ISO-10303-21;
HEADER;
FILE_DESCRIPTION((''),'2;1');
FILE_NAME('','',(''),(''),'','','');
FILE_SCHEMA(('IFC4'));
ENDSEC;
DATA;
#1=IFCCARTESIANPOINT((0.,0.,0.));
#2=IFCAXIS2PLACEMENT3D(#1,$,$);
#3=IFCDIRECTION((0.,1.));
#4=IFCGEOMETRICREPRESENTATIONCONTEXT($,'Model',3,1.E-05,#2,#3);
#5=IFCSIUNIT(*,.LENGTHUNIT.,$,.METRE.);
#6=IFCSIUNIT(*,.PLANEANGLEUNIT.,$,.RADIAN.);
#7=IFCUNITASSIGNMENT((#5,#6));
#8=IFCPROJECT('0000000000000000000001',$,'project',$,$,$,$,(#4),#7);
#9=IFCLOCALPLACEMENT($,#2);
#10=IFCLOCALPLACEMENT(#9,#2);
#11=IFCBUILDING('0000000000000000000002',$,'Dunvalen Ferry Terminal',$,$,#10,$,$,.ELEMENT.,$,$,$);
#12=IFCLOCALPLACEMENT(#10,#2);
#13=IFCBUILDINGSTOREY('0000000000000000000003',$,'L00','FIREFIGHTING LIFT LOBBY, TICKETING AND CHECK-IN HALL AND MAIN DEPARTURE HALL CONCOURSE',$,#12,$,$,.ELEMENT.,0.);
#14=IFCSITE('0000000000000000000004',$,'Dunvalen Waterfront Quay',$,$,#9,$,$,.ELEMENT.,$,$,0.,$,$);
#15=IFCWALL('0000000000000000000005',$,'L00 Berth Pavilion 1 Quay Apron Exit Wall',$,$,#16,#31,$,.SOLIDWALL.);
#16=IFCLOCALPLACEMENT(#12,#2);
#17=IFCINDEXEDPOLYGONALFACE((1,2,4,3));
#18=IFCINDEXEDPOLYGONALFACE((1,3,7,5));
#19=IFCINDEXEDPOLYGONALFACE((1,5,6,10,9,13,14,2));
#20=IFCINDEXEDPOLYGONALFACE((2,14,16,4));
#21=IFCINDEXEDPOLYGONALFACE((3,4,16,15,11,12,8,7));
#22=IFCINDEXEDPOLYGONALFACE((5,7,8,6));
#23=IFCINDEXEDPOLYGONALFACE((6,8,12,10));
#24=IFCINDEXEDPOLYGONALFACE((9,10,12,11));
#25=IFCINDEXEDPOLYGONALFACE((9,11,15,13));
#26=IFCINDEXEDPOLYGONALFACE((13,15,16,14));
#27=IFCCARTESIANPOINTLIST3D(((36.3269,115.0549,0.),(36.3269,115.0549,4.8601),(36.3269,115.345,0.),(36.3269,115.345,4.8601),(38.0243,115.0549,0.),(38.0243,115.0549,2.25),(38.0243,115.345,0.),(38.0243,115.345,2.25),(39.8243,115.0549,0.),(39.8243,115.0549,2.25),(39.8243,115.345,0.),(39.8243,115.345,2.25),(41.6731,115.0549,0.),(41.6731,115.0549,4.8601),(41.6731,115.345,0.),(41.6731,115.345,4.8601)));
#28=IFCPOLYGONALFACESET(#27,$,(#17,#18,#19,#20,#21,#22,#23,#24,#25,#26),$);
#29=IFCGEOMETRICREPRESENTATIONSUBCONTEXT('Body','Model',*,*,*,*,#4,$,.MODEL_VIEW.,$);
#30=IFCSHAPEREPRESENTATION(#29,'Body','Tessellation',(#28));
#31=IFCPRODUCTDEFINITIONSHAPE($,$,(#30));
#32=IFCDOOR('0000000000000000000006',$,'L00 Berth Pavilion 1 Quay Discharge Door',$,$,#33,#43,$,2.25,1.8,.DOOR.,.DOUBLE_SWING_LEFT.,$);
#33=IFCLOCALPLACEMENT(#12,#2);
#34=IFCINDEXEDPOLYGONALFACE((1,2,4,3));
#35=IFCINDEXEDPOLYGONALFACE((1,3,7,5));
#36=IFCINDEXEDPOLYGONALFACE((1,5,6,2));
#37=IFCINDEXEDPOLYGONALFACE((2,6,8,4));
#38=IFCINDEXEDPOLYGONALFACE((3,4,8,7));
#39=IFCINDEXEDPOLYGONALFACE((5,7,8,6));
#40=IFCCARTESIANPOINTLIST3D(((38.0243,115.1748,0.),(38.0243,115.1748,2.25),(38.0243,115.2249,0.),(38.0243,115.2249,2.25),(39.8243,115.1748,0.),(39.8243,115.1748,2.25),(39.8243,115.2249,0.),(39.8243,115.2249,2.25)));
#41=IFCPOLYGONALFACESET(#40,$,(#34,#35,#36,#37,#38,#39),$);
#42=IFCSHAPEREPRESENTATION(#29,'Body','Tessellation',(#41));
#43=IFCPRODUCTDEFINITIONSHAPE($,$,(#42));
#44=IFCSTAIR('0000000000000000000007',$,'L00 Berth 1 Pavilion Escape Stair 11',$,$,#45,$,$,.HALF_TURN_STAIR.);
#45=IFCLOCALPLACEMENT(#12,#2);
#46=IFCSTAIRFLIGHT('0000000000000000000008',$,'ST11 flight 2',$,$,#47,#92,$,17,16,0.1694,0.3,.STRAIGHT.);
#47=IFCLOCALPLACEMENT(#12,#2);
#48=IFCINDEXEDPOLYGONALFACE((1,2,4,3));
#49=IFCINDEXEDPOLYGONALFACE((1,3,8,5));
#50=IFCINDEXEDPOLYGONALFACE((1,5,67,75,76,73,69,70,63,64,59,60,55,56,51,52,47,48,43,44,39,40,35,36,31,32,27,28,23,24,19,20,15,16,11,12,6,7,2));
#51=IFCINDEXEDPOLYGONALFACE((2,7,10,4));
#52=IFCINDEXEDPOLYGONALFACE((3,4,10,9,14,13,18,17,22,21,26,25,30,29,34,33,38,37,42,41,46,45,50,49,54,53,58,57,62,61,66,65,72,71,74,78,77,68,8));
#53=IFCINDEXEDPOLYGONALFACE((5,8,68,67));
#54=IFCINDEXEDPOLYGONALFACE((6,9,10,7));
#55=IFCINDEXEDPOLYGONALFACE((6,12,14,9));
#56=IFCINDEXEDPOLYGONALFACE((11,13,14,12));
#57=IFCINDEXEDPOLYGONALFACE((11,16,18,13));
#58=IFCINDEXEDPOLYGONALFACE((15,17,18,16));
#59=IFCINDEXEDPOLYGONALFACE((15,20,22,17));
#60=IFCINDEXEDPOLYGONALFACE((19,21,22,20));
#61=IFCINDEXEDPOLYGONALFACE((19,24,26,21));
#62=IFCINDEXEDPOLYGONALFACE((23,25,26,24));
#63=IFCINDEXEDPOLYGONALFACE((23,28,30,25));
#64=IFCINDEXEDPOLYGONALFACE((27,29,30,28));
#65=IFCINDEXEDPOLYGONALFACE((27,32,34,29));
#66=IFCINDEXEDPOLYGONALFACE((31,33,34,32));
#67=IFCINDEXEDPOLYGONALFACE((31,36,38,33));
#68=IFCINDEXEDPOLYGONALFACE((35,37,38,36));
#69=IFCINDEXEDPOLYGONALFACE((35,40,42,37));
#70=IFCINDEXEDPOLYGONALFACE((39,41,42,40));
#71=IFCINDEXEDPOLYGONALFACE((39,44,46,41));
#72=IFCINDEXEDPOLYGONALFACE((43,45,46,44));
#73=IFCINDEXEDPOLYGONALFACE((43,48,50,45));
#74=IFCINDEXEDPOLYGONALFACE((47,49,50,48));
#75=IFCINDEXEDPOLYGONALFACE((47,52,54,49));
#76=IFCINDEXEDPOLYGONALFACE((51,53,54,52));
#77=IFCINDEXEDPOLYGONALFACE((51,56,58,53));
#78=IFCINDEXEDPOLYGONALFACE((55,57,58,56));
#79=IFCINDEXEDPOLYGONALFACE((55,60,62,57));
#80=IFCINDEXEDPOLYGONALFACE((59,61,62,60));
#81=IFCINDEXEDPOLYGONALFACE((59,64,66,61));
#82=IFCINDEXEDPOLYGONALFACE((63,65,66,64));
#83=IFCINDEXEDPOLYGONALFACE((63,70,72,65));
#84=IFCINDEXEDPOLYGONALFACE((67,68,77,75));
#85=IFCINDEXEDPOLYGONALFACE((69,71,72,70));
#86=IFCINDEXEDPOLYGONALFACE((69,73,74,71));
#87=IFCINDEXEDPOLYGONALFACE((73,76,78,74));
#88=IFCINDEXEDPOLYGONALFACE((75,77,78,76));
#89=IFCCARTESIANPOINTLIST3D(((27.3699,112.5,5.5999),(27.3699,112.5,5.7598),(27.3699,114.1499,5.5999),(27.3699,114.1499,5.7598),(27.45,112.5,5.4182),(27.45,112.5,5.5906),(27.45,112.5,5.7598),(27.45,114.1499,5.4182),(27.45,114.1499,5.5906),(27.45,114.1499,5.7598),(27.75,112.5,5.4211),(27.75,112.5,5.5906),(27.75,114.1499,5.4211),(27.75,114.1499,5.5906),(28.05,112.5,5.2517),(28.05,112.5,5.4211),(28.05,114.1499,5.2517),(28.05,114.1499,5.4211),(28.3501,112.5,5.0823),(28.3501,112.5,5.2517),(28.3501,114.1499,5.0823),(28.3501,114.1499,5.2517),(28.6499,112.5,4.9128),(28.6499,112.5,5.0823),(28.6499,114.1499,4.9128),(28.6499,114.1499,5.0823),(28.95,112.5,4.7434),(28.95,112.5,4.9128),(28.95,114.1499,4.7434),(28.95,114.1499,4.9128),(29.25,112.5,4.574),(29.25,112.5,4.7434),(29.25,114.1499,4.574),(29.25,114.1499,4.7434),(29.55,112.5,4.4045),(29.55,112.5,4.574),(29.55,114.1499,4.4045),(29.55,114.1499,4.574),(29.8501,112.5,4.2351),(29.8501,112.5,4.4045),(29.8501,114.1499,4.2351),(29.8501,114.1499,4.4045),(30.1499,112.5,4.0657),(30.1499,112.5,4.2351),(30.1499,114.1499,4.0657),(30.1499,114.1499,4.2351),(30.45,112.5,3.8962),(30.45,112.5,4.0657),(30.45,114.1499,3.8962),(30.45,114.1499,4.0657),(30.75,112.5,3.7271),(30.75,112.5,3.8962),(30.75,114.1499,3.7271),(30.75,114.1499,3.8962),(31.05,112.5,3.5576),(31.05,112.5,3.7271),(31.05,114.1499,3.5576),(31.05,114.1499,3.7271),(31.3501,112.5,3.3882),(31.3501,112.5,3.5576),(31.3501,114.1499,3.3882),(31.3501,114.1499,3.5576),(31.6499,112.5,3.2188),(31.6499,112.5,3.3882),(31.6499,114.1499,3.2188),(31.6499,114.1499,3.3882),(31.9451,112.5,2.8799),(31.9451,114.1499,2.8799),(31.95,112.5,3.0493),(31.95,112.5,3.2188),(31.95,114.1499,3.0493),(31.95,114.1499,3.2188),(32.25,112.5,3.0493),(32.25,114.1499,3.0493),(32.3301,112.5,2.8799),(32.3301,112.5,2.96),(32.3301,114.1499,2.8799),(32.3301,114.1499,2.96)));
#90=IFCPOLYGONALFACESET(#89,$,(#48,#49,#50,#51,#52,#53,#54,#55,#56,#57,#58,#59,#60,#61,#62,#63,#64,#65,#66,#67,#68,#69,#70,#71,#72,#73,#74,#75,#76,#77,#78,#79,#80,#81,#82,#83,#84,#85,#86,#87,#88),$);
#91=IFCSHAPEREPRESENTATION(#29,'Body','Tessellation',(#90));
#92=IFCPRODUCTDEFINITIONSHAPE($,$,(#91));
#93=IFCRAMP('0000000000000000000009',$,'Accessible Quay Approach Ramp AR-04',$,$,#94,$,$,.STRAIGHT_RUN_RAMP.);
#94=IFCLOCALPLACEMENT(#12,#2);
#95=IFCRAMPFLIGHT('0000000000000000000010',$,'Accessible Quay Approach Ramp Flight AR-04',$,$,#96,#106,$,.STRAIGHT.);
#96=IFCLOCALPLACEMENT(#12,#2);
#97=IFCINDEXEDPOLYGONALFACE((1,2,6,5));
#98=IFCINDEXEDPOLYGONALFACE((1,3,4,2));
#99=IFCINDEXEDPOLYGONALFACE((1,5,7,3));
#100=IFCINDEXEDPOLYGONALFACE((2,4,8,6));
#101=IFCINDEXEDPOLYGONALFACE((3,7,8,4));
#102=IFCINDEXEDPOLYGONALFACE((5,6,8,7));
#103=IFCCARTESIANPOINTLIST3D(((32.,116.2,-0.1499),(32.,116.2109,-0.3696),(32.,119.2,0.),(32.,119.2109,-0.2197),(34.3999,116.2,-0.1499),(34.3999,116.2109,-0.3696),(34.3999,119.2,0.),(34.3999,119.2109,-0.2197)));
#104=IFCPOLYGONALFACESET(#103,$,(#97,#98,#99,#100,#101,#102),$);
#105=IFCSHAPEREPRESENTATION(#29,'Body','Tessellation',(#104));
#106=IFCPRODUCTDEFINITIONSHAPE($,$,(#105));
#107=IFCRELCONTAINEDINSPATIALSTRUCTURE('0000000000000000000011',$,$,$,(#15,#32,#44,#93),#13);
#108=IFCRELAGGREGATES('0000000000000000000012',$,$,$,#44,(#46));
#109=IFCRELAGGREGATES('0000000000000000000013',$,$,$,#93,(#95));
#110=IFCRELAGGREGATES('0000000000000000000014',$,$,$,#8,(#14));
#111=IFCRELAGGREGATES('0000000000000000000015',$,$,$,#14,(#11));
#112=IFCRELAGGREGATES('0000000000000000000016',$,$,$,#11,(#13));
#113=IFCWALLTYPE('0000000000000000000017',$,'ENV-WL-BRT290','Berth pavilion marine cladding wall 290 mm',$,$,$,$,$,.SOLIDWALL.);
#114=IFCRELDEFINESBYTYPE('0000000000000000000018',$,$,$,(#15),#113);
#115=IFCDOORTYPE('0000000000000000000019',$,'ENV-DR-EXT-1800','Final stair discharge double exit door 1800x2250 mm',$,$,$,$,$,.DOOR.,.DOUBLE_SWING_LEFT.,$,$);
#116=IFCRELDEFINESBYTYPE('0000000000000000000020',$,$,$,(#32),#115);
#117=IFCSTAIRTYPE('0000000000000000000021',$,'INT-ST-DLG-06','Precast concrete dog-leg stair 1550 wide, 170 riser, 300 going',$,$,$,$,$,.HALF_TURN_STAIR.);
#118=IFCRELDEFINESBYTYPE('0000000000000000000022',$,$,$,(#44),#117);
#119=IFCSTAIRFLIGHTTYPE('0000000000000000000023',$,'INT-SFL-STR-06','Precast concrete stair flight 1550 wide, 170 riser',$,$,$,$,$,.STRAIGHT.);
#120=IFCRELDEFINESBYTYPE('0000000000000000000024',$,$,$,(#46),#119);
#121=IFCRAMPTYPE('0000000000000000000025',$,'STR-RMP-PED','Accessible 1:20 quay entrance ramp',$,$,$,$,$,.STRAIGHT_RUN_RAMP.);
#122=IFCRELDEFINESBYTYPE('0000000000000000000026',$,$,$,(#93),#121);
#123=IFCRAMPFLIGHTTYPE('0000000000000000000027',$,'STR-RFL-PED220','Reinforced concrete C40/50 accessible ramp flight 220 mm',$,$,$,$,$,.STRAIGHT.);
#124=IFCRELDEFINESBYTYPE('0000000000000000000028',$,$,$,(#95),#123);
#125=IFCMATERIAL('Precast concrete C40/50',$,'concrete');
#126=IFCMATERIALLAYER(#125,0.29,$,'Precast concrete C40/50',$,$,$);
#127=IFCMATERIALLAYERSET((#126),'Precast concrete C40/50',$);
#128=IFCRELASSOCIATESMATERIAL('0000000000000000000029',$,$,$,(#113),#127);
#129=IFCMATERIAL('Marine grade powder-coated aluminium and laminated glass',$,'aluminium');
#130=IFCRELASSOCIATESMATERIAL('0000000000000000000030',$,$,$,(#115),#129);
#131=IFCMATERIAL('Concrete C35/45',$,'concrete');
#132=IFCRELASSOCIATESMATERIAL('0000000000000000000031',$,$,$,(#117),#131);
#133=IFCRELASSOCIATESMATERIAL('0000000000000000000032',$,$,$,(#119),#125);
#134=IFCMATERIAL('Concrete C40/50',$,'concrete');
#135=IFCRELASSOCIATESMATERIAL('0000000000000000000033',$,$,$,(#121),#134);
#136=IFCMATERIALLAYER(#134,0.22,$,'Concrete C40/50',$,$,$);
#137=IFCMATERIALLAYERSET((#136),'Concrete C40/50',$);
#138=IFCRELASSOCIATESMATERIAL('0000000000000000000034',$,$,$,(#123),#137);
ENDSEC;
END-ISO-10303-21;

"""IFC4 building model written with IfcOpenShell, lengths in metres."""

from ifc_helpers import new_model, si_unit, direction, frame, frame_2d, origin, place, context, subcontext, project, spatial, polyline, rectangle, outline, extrude, material, layer, layer_set, type_object, element, fill, aggregate, save


model = new_model("IFC4")

# Units and contexts
model_context = context("Model", 3, precision=1e-05, world=origin(), true_north=direction((0.0, 1.0)))
body_context = subcontext(model_context, "Body", "Model", "MODEL_VIEW")
ifc_project = project(units=[si_unit("LENGTHUNIT", "METRE"), si_unit("PLANEANGLEUNIT", "RADIAN")], contexts=[model_context])

# Site, building, storey
site_placement = place(None, origin())
site = spatial("IfcSite", under=ifc_project, at=site_placement, Name="Dunvalen Waterfront Quay", CompositionType="ELEMENT", RefElevation=0.0)
building_placement = place(site_placement, origin())
building = spatial("IfcBuilding", under=site, at=building_placement, Name="Dunvalen Ferry Terminal", CompositionType="ELEMENT")
storey_placement = place(building_placement, origin())
storey = spatial("IfcBuildingStorey", under=building, at=storey_placement, Name="L00", Description="FIREFIGHTING LIFT LOBBY, TICKETING AND CHECK-IN HALL AND MAIN DEPARTURE HALL CONCOURSE", CompositionType="ELEMENT", Elevation=0.0)

# Shared definitions
ifc_material_1 = material(Name="Concrete C40/50", Category="concrete")

# Wall, opening, door
ifc_material_2 = material(Name="Precast concrete C40/50", Category="concrete")
ifc_layer_1 = layer(ifc_material_2, 0.29, Name="Precast concrete C40/50")
ifc_layer_set_1 = layer_set([ifc_layer_1], Name="Precast concrete C40/50")
wall_type = type_object("IfcWallType", Name="ENV-WL-BRT290", Description="Berth pavilion marine cladding wall 290 mm", PredefinedType="SOLIDWALL", material=ifc_layer_set_1)
wall_placement = place(storey_placement, frame((36.3269, 115.2, 0.0), z_axis=(0.0, 0.0, 1.0), x_axis=(1.0, 0.0, 0.0)))
wall = element("IfcWall", 1, at=wall_placement, inside=storey, type_object=wall_type, Name="L00 Berth Pavilion 1 Quay Apron Exit Wall", PredefinedType="SOLIDWALL", context=body_context, shape_type="SweptSolid", body=[
    extrude(rectangle(XDim=5.3462, YDim=0.29, at=frame_2d((2.6731, 0.0))), origin(), (0.0, 0.0, 1.0), 4.8601),
])
opening_placement = place(wall_placement, frame((1.6975, 0.0, 0.0)))
opening = element("IfcOpeningElement", 2, at=opening_placement, cuts=wall, PredefinedType="OPENING", context=body_context, shape_type="SweptSolid", body=[
    extrude(rectangle(XDim=1.8, YDim=2.25, at=frame_2d((0.8999, 1.125))), frame((0.0, 0.155, 0.0), z_axis=(0.0, -1.0, 0.0), x_axis=(1.0, 0.0, 0.0)), (0.0, 0.0, 1.0), 0.3101),
])
ifc_material_3 = material(Name="Marine grade powder-coated aluminium and laminated glass", Category="aluminium")
door_type = type_object("IfcDoorType", Name="ENV-DR-EXT-1800", Description="Final stair discharge double exit door 1800x2250 mm", OperationType="DOUBLE_SWING_LEFT", PredefinedType="DOOR", material=ifc_material_3)
door_placement = place(opening_placement, origin())
door = element("IfcDoor", 3, at=door_placement, inside=storey, type_object=door_type, Name="L00 Berth Pavilion 1 Quay Discharge Door", OperationType="DOUBLE_SWING_LEFT", OverallHeight=2.25, OverallWidth=1.8, PredefinedType="DOOR", context=body_context, shape_type="SweptSolid", body=[
    extrude(rectangle(XDim=1.8, YDim=2.25, at=frame_2d((0.8999, 1.125))), frame((0.0, 0.0249, 0.0), z_axis=(0.0, -1.0, 0.0), x_axis=(1.0, 0.0, 0.0)), (0.0, 0.0, 1.0), 0.05),
])
fill(opening, door)

# Stair, stair flight
ifc_material_4 = material(Name="Concrete C35/45", Category="concrete")
stair_type = type_object("IfcStairType", Name="INT-ST-DLG-06", Description="Precast concrete dog-leg stair 1550 wide, 170 riser, 300 going", PredefinedType="HALF_TURN_STAIR", material=ifc_material_4)
stair_placement = place(storey_placement, origin())
stair = element("IfcStair", 4, at=stair_placement, inside=storey, type_object=stair_type, Name="L00 Berth 1 Pavilion Escape Stair 11", PredefinedType="HALF_TURN_STAIR")
stair_flight_type = type_object("IfcStairFlightType", Name="INT-SFL-STR-06", Description="Precast concrete stair flight 1550 wide, 170 riser", PredefinedType="STRAIGHT", material=ifc_material_2)
stair_flight_placement = place(storey_placement, frame((32.25, 113.325, 2.8799), z_axis=(0.0, 0.0, 1.0), x_axis=(-1.0, 0.0, 0.0)))
stair_flight = element("IfcStairFlight", 5, at=stair_flight_placement, type_object=stair_flight_type, Name="ST11 flight 2", NumberOfRisers=17, NumberOfTreads=16, PredefinedType="STRAIGHT", RiserHeight=0.1694, TreadLength=0.3, context=body_context, shape_type="SweptSolid", body=[
    extrude(outline(polyline([(-0.0801, 0.0), (-0.0801, 0.0801), (0.0, 0.1694), (0.3, 0.1694), (0.3, 0.3389), (0.6001, 0.3389), (0.6001, 0.5083), (0.8999, 0.5083), (0.8999, 0.6777), (1.2, 0.6777), (1.2, 0.8472), (1.5, 0.8472), (1.5, 1.0164), (1.8, 1.0164), (1.8, 1.1858), (2.1001, 1.1858), (2.1001, 1.3552), (2.3999, 1.3552), (2.3999, 1.5247), (2.7, 1.5247), (2.7, 1.6941), (3.0, 1.6941), (3.0, 1.8635), (3.3, 1.8635), (3.3, 2.033), (3.6001, 2.033), (3.6001, 2.2024), (3.8999, 2.2024), (3.8999, 2.3718), (4.2, 2.3718), (4.2, 2.5413), (4.5, 2.5413), (4.5, 2.7107), (4.8, 2.7107), (4.8, 2.8799), (4.8801, 2.8799), (4.8801, 2.72), (4.8, 2.5383), (0.3049, 0.0), (-0.0801, 0.0)])), frame((0.0, 0.825, 0.0), z_axis=(0.0, -1.0, 0.0), x_axis=(1.0, 0.0, 0.0)), (0.0, 0.0, 1.0), 1.6499),
])
aggregate(stair, [stair_flight])

# Ramp, ramp flight
ramp_type = type_object("IfcRampType", Name="STR-RMP-PED", Description="Accessible 1:20 quay entrance ramp", PredefinedType="STRAIGHT_RUN_RAMP", material=ifc_material_1)
ramp_placement = place(storey_placement, origin())
ramp = element("IfcRamp", 6, at=ramp_placement, inside=storey, type_object=ramp_type, Name="Accessible Quay Approach Ramp AR-04", PredefinedType="STRAIGHT_RUN_RAMP")
ifc_layer_2 = layer(ifc_material_1, 0.22, Name="Concrete C40/50")
ifc_layer_set_2 = layer_set([ifc_layer_2], Name="Concrete C40/50")
ramp_flight_type = type_object("IfcRampFlightType", Name="STR-RFL-PED220", Description="Reinforced concrete C40/50 accessible ramp flight 220 mm", PredefinedType="STRAIGHT", material=ifc_layer_set_2)
ramp_flight_placement = place(storey_placement, frame((32.0, 116.2, -0.1499), z_axis=(0.0, -0.049905, 0.998754), x_axis=(1.0, 0.0, 0.0)))
ramp_flight = element("IfcRampFlight", 7, at=ramp_flight_placement, type_object=ramp_flight_type, Name="Accessible Quay Approach Ramp Flight AR-04", PredefinedType="STRAIGHT", context=body_context, shape_type="SweptSolid", body=[
    extrude(outline(polyline([(0.0, 0.0), (2.3999, 0.0), (2.3999, 3.0037), (0.0, 3.0037), (0.0, 0.0)])), origin(), (0.0, 0.0, -1.0), 0.22),
])
aggregate(ramp, [ramp_flight])

save(model, "model.ifc")
